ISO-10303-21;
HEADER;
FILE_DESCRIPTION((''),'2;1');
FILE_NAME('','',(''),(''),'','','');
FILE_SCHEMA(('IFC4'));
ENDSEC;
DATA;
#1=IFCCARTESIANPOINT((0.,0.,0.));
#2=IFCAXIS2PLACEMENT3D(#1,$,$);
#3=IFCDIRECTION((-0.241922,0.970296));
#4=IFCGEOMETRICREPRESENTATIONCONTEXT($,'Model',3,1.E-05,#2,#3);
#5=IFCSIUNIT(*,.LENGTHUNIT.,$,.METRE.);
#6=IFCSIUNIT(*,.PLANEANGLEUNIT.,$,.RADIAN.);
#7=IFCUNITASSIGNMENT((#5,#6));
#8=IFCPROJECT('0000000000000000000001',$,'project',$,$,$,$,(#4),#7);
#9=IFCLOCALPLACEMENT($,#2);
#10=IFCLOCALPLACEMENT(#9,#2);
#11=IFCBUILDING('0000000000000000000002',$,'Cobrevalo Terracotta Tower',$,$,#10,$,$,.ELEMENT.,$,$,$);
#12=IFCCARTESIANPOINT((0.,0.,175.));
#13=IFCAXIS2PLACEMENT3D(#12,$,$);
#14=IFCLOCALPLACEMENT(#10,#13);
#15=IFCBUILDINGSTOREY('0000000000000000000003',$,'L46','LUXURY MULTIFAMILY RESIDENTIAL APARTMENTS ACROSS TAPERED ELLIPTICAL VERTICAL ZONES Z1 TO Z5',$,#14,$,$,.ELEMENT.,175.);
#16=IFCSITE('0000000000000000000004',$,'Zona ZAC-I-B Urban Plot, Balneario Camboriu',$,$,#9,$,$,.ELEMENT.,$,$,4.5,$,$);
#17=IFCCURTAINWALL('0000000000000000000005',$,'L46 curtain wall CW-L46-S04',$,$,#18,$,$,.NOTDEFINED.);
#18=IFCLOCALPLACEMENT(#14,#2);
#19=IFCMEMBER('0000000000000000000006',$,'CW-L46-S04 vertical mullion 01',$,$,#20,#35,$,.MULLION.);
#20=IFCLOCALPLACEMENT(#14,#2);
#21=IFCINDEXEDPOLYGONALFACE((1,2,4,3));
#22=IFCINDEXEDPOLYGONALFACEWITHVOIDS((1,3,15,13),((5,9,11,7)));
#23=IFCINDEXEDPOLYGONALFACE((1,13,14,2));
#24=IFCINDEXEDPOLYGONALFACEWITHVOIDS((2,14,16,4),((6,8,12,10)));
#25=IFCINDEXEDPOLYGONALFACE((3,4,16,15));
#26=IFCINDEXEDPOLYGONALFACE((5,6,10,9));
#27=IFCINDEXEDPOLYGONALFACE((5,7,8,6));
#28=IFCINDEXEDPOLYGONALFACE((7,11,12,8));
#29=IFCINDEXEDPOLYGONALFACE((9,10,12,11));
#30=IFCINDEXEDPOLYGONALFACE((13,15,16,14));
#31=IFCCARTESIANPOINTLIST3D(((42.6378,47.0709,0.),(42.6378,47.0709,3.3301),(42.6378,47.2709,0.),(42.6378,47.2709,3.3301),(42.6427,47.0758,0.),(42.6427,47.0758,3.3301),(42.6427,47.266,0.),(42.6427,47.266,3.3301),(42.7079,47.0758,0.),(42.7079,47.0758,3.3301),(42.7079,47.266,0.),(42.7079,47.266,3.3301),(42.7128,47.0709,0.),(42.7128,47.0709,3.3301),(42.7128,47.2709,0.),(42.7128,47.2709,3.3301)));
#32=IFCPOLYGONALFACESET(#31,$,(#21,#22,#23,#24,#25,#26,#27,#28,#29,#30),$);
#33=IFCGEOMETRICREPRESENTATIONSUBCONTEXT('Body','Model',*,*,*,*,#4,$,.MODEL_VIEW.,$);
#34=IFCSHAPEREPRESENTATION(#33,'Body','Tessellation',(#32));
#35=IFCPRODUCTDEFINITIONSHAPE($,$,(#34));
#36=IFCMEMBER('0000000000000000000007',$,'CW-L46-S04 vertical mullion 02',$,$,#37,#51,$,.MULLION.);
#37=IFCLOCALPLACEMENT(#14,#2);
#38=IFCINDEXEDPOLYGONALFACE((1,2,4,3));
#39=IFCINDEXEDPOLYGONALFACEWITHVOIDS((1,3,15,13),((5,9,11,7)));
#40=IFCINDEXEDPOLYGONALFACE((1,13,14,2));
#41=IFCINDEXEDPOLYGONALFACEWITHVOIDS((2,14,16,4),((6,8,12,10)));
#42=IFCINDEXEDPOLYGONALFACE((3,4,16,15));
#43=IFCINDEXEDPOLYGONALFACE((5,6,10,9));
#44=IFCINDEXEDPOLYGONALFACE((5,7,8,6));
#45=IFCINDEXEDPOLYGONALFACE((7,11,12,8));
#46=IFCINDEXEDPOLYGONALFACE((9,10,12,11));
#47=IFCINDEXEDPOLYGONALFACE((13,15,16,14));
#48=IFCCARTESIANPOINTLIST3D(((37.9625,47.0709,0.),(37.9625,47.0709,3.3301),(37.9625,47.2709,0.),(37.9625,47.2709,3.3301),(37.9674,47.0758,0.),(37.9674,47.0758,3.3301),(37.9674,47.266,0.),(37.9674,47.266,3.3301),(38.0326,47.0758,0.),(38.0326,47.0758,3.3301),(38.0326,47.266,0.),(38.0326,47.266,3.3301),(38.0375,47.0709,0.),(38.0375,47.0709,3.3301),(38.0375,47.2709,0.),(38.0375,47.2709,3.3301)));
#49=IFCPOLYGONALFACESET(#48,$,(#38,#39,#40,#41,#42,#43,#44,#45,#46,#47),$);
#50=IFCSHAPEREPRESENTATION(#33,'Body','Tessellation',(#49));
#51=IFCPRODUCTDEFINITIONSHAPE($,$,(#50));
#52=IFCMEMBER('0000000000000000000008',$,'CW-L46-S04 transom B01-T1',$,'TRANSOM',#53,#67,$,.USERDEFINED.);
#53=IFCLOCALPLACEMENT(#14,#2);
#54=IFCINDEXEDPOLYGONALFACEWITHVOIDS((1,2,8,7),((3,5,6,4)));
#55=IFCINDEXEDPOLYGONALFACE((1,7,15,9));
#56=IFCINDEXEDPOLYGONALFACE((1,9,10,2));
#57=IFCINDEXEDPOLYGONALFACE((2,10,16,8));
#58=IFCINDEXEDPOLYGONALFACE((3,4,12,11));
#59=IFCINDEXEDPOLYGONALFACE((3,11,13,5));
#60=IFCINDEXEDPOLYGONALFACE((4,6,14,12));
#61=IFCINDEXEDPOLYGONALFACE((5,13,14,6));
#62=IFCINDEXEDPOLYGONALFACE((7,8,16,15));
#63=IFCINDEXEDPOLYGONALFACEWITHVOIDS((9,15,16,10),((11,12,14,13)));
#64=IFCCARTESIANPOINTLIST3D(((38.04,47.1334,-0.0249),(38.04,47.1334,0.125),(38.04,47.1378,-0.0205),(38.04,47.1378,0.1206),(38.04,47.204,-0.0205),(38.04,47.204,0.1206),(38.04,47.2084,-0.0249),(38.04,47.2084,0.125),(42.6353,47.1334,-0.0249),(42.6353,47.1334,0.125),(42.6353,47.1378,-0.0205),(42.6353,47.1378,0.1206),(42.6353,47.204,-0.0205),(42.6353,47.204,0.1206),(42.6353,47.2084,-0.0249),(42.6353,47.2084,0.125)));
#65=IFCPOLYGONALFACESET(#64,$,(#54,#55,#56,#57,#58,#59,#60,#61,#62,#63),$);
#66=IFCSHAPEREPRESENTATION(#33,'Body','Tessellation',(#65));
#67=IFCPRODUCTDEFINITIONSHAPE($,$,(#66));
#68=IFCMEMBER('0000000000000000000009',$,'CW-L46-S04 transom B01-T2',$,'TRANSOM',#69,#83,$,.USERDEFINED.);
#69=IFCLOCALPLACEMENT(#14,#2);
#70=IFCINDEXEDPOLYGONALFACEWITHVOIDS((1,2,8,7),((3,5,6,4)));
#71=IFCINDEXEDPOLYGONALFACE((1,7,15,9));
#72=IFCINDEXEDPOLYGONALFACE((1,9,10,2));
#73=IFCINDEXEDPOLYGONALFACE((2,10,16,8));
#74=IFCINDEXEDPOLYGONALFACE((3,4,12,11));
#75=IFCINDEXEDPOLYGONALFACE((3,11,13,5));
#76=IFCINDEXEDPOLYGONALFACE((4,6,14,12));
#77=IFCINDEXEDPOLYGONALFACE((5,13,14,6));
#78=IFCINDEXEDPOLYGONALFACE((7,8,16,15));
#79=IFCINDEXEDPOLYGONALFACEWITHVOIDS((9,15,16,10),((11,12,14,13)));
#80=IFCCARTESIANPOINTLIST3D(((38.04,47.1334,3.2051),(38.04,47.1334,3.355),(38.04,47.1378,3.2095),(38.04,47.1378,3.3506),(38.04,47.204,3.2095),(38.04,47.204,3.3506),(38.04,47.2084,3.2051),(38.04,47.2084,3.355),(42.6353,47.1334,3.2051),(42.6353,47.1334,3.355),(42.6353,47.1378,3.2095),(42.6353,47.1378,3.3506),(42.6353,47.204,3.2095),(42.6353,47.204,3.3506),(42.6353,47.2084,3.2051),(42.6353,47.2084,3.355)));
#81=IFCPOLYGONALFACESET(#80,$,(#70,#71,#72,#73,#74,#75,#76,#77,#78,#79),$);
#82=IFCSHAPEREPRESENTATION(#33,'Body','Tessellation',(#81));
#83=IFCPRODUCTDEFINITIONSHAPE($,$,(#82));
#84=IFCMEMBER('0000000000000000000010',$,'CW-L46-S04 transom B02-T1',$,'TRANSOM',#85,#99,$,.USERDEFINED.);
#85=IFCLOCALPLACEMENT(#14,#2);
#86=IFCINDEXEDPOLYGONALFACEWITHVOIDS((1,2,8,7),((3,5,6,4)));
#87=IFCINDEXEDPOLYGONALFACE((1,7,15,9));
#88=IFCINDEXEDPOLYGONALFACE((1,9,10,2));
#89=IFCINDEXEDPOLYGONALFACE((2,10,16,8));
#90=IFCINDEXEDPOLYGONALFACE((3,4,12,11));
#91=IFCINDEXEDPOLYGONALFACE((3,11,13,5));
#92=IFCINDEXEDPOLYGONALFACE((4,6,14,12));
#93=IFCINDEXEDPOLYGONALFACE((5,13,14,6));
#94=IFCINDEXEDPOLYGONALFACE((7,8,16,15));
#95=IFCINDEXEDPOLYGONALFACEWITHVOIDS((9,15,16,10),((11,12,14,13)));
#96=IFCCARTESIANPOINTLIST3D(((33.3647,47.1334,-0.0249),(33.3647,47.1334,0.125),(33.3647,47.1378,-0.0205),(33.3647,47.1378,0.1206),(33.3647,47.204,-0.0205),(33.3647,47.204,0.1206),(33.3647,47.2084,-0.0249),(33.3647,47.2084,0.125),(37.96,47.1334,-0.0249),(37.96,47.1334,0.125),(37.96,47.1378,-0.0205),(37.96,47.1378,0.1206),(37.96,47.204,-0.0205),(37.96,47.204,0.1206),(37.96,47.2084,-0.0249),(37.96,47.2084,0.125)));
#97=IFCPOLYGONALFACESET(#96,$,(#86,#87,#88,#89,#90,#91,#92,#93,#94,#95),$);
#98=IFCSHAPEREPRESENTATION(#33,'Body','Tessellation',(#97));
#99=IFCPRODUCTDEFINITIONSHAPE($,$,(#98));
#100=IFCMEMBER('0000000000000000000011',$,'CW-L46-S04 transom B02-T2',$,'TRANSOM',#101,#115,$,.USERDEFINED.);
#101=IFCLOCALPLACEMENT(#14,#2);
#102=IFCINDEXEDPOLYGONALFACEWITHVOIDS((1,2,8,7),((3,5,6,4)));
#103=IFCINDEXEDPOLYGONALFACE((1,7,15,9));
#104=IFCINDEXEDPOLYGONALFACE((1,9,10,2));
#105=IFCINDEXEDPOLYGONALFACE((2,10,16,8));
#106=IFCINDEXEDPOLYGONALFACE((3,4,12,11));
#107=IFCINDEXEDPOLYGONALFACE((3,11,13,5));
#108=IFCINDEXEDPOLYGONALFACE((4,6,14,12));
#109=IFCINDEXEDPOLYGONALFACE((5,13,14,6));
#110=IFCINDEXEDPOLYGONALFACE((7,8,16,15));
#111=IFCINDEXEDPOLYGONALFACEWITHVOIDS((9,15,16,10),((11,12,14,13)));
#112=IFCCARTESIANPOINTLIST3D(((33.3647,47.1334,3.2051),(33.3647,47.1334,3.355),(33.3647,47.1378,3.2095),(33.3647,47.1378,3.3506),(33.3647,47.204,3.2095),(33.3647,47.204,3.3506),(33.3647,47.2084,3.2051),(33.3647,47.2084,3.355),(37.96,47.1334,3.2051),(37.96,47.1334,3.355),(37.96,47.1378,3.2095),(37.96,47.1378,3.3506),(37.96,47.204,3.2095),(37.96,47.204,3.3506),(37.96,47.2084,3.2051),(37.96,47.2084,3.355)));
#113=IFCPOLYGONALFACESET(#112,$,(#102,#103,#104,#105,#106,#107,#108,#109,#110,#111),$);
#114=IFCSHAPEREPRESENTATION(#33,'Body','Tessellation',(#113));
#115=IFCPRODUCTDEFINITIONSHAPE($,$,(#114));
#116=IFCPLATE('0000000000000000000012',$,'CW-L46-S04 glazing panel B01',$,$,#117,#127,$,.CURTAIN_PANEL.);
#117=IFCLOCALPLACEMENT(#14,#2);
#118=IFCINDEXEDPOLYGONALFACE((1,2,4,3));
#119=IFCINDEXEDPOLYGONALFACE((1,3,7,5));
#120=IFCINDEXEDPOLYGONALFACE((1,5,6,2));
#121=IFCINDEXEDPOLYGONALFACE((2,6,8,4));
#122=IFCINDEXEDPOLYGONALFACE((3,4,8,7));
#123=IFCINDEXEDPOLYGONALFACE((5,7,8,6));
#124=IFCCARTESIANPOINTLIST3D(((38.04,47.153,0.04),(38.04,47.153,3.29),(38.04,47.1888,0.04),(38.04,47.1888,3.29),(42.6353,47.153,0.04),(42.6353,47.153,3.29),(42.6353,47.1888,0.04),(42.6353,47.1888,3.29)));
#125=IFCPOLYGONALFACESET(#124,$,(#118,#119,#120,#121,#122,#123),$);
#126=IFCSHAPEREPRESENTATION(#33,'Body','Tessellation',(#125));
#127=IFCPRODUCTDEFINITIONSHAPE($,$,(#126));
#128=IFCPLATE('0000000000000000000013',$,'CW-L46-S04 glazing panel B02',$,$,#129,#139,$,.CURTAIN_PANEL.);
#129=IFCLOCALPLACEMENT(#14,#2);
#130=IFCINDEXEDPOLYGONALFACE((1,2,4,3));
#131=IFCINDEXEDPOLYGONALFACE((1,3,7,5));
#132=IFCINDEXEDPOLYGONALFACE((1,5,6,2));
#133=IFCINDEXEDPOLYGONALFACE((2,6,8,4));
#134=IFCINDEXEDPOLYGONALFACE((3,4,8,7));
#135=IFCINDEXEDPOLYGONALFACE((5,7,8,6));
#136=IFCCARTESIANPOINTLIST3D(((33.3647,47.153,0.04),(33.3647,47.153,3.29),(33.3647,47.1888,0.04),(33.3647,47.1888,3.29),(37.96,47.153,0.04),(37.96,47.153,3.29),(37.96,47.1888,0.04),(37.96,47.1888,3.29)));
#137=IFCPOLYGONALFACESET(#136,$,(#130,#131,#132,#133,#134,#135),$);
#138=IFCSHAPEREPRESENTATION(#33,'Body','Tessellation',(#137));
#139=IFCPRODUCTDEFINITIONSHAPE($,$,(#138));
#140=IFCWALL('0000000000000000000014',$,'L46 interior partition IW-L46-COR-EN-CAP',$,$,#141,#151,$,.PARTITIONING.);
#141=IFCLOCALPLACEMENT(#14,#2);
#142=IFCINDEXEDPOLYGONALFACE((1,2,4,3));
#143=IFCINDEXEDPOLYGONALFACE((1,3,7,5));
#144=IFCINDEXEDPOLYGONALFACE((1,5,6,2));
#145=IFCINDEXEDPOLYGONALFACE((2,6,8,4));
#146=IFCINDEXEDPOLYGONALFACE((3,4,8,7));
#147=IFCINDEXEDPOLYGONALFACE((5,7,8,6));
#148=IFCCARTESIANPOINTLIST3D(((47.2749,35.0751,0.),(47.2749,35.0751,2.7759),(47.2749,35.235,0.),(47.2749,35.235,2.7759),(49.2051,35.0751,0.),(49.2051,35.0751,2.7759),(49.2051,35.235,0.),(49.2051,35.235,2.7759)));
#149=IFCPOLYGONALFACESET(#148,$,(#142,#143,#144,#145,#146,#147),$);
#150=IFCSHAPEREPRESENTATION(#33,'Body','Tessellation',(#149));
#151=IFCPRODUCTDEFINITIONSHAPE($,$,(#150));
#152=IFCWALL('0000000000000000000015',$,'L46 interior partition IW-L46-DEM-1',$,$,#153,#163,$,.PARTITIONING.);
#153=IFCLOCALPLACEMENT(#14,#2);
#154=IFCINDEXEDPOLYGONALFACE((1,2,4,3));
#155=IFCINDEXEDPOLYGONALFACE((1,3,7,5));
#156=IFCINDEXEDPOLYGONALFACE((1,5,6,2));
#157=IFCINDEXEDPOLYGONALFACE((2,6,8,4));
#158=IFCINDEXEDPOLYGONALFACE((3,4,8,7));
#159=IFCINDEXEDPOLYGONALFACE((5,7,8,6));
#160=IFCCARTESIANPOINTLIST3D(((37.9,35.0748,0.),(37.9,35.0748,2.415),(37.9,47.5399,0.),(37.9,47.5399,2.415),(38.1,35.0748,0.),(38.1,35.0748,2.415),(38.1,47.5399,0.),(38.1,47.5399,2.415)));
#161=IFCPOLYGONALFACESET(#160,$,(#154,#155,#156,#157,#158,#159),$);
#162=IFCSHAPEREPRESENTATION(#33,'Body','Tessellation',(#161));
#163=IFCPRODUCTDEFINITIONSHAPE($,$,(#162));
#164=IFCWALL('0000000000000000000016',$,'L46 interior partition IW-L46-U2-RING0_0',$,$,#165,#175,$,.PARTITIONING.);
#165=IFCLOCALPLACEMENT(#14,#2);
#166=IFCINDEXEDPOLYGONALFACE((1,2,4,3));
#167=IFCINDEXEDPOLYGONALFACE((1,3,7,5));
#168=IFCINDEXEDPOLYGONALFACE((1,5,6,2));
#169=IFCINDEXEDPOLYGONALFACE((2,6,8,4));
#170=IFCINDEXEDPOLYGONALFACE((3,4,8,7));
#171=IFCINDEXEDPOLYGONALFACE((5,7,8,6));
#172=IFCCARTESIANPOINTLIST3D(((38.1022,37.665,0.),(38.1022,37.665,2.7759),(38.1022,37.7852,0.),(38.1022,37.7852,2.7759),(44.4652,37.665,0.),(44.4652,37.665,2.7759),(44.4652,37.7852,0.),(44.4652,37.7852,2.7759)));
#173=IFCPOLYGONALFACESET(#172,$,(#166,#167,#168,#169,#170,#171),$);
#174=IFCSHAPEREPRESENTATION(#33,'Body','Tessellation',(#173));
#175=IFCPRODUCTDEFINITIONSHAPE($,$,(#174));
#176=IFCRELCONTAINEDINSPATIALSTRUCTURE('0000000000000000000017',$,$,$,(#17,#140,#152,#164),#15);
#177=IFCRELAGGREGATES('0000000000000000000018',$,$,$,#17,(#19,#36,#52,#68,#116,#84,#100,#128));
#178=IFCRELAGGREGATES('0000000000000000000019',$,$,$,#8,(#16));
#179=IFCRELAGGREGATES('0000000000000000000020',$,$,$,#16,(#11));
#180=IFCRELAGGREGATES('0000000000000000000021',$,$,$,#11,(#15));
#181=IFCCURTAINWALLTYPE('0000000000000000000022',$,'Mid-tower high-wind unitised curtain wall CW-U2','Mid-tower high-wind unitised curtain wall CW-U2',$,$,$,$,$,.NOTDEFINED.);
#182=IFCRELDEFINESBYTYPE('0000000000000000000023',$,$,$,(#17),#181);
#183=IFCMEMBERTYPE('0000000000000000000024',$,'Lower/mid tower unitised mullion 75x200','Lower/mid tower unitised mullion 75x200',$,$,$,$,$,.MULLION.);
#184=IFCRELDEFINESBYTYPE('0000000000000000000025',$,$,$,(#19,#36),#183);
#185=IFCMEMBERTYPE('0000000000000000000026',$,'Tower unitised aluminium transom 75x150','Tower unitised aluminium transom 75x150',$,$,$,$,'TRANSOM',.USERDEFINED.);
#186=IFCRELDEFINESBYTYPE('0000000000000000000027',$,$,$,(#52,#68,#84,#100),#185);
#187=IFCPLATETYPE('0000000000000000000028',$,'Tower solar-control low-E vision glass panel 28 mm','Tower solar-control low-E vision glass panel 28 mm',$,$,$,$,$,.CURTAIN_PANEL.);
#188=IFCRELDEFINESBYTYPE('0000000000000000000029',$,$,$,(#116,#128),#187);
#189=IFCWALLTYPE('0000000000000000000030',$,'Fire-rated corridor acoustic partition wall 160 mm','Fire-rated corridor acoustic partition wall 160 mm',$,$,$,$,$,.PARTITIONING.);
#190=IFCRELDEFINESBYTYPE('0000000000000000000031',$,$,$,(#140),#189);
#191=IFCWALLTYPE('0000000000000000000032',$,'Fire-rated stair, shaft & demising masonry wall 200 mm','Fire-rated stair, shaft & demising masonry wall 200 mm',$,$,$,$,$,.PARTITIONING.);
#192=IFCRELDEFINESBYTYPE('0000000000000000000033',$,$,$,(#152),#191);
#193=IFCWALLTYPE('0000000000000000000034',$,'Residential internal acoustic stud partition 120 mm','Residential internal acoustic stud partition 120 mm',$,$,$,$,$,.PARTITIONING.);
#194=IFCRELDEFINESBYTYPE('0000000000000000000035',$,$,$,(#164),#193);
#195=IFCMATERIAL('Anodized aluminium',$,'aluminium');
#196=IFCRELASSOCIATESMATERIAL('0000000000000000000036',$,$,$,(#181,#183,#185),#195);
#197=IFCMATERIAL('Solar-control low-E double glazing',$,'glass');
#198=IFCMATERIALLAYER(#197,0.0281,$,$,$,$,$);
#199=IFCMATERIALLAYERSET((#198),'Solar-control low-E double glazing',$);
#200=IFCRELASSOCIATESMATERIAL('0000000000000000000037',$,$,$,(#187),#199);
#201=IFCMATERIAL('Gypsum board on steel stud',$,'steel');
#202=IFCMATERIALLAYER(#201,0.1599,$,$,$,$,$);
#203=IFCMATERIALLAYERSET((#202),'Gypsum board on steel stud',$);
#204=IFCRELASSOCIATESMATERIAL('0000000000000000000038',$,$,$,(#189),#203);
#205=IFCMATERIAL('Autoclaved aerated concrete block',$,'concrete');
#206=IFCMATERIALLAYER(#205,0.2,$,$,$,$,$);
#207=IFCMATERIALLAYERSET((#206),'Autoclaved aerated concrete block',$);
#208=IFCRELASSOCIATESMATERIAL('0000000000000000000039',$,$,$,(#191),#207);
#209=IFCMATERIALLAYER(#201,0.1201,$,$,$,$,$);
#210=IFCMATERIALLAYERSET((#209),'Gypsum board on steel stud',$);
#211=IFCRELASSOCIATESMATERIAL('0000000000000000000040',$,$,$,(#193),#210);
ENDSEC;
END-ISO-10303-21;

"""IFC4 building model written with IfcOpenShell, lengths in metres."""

from ifc_helpers import new_model, si_unit, direction, frame, frame_2d, origin, origin_2d, place, context, subcontext, project, spatial, rectangle, hollow_rectangle, extrude, source, transform, mapped, material, layer, layer_set, material_profile, profile_set, type_object, element, aggregate, save


model = new_model("IFC4")

# Units and contexts
model_context = context("Model", 3, precision=1e-05, world=origin(), true_north=direction((-0.241922, 0.970296)))
body_context = subcontext(model_context, "Body", "Model", "MODEL_VIEW")
ifc_project = project(units=[si_unit("LENGTHUNIT", "METRE"), si_unit("PLANEANGLEUNIT", "RADIAN")], contexts=[model_context])

# Site, building, storey
site_placement = place(None, origin())
site = spatial("IfcSite", under=ifc_project, at=site_placement, Name="Zona ZAC-I-B Urban Plot, Balneario Camboriu", CompositionType="ELEMENT", RefElevation=4.5)
building_placement = place(site_placement, origin())
building = spatial("IfcBuilding", under=site, at=building_placement, Name="Cobrevalo Terracotta Tower", CompositionType="ELEMENT")
storey_placement = place(building_placement, frame((0.0, 0.0, 175.0)))
storey = spatial("IfcBuildingStorey", under=building, at=storey_placement, Name="L46", Description="LUXURY MULTIFAMILY RESIDENTIAL APARTMENTS ACROSS TAPERED ELLIPTICAL VERTICAL ZONES Z1 TO Z5", CompositionType="ELEMENT", Elevation=175.0)

# Curtain wall, members, plates
ifc_material_1 = material(Name="Anodized aluminium", Category="aluminium")
curtain_wall_type = type_object("IfcCurtainWallType", Name="Mid-tower high-wind unitised curtain wall CW-U2", Description="Mid-tower high-wind unitised curtain wall CW-U2", PredefinedType="NOTDEFINED", material=ifc_material_1)
curtain_wall_placement = place(storey_placement, origin())
curtain_wall = element("IfcCurtainWall", 1, at=curtain_wall_placement, inside=storey, type_object=curtain_wall_type, Name="L46 curtain wall CW-L46-S04", PredefinedType="NOTDEFINED")
ifc_material_profile_1 = material_profile(ifc_material_1, hollow_rectangle(XDim=0.075, YDim=0.2, WallThickness=0.0049, at=origin_2d()), Name="CWM 75x200")
ifc_profile_set_1 = profile_set([ifc_material_profile_1], Name="Anodized aluminium")
member_type_1 = type_object("IfcMemberType", Name="Lower/mid tower unitised mullion 75x200", Description="Lower/mid tower unitised mullion 75x200", PredefinedType="MULLION", material=ifc_profile_set_1)
shared_shape_1 = source(origin(), body_context, "Body", "SweptSolid", [
    extrude(hollow_rectangle(XDim=0.075, YDim=0.2, WallThickness=0.0049, at=origin_2d()), origin(), (0.0, 0.0, 1.0), 3.3301),
])
member_1_placement = place(storey_placement, frame((42.6753, 47.1709, 0.0), z_axis=(0.0, 0.0, 1.0), x_axis=(-1.0, 0.0, 0.0)))
member_1 = element("IfcMember", 2, at=member_1_placement, type_object=member_type_1, Name="CW-L46-S04 vertical mullion 01", PredefinedType="MULLION", context=body_context, shape_type="MappedRepresentation", body=[
    mapped(shared_shape_1, transform((0.0, 0.0, 0.0), scale=1.0)),
])
member_2_placement = place(storey_placement, frame((38.0, 47.1709, 0.0), z_axis=(0.0, 0.0, 1.0), x_axis=(-1.0, 0.0, 0.0)))
member_2 = element("IfcMember", 3, at=member_2_placement, type_object=member_type_1, Name="CW-L46-S04 vertical mullion 02", PredefinedType="MULLION", context=body_context, shape_type="MappedRepresentation", body=[
    mapped(shared_shape_1, transform((0.0, 0.0, 0.0), scale=1.0)),
])
ifc_material_profile_2 = material_profile(ifc_material_1, hollow_rectangle(XDim=0.075, YDim=0.1499, WallThickness=0.0044, at=origin_2d()), Name="CWT 75x150")
ifc_profile_set_2 = profile_set([ifc_material_profile_2], Name="Anodized aluminium")
member_type_2 = type_object("IfcMemberType", Name="Tower unitised aluminium transom 75x150", Description="Tower unitised aluminium transom 75x150", ElementType="TRANSOM", PredefinedType="USERDEFINED", material=ifc_profile_set_2)
shared_shape_2 = source(origin(), body_context, "Body", "SweptSolid", [
    extrude(hollow_rectangle(XDim=0.075, YDim=0.1499, WallThickness=0.0044, at=origin_2d()), origin(), (0.0, 0.0, 1.0), 4.5952),
])
member_3_placement = place(storey_placement, frame((42.6353, 47.1709, 0.05), z_axis=(-1.0, 0.0, 0.0), x_axis=(0.0, -1.0, 0.0)))
member_3 = element("IfcMember", 4, at=member_3_placement, type_object=member_type_2, Name="CW-L46-S04 transom B01-T1", ObjectType="TRANSOM", PredefinedType="USERDEFINED", context=body_context, shape_type="MappedRepresentation", body=[
    mapped(shared_shape_2, transform((0.0, 0.0, 0.0), scale=1.0)),
])
member_4_placement = place(storey_placement, frame((42.6353, 47.1709, 3.28), z_axis=(-1.0, 0.0, 0.0), x_axis=(0.0, -1.0, 0.0)))
member_4 = element("IfcMember", 5, at=member_4_placement, type_object=member_type_2, Name="CW-L46-S04 transom B01-T2", ObjectType="TRANSOM", PredefinedType="USERDEFINED", context=body_context, shape_type="MappedRepresentation", body=[
    mapped(shared_shape_2, transform((0.0, 0.0, 0.0), scale=1.0)),
])
member_5_placement = place(storey_placement, frame((37.96, 47.1709, 0.05), z_axis=(-1.0, 0.0, 0.0), x_axis=(0.0, -1.0, 0.0)))
member_5 = element("IfcMember", 6, at=member_5_placement, type_object=member_type_2, Name="CW-L46-S04 transom B02-T1", ObjectType="TRANSOM", PredefinedType="USERDEFINED", context=body_context, shape_type="MappedRepresentation", body=[
    mapped(shared_shape_2, transform((0.0, 0.0, 0.0), scale=1.0)),
])
member_6_placement = place(storey_placement, frame((37.96, 47.1709, 3.28), z_axis=(-1.0, 0.0, 0.0), x_axis=(0.0, -1.0, 0.0)))
member_6 = element("IfcMember", 7, at=member_6_placement, type_object=member_type_2, Name="CW-L46-S04 transom B02-T2", ObjectType="TRANSOM", PredefinedType="USERDEFINED", context=body_context, shape_type="MappedRepresentation", body=[
    mapped(shared_shape_2, transform((0.0, 0.0, 0.0), scale=1.0)),
])
ifc_material_2 = material(Name="Solar-control low-E double glazing", Category="glass")
ifc_layer_1 = layer(ifc_material_2, 0.0281)
ifc_layer_set_1 = layer_set([ifc_layer_1], Name="Solar-control low-E double glazing")
plate_type = type_object("IfcPlateType", Name="Tower solar-control low-E vision glass panel 28 mm", Description="Tower solar-control low-E vision glass panel 28 mm", PredefinedType="CURTAIN_PANEL", material=ifc_layer_set_1)
shared_shape_3 = source(origin(), body_context, "Body", "SweptSolid", [
    extrude(rectangle(XDim=4.5952, YDim=0.0359, at=origin_2d()), origin(), (0.0, 0.0, 1.0), 3.25),
])
plate_1_placement = place(storey_placement, frame((40.3376, 47.1709, 0.04), z_axis=(0.0, 0.0, 1.0), x_axis=(-1.0, 0.0, 0.0)))
plate_1 = element("IfcPlate", 8, at=plate_1_placement, type_object=plate_type, Name="CW-L46-S04 glazing panel B01", PredefinedType="CURTAIN_PANEL", context=body_context, shape_type="MappedRepresentation", body=[
    mapped(shared_shape_3, transform((0.0, 0.0, 0.0), scale=1.0)),
])
plate_2_placement = place(storey_placement, frame((35.6624, 47.1709, 0.04), z_axis=(0.0, 0.0, 1.0), x_axis=(-1.0, 0.0, 0.0)))
plate_2 = element("IfcPlate", 9, at=plate_2_placement, type_object=plate_type, Name="CW-L46-S04 glazing panel B02", PredefinedType="CURTAIN_PANEL", context=body_context, shape_type="MappedRepresentation", body=[
    mapped(shared_shape_3, transform((0.0, 0.0, 0.0), scale=1.0)),
])
aggregate(curtain_wall, [member_1, member_2, member_3, member_4, plate_1, member_5, member_6, plate_2])

# Walls
ifc_material_3 = material(Name="Gypsum board on steel stud", Category="steel")
ifc_layer_2 = layer(ifc_material_3, 0.1599)
ifc_layer_set_2 = layer_set([ifc_layer_2], Name="Gypsum board on steel stud")
wall_type_1 = type_object("IfcWallType", Name="Fire-rated corridor acoustic partition wall 160 mm", Description="Fire-rated corridor acoustic partition wall 160 mm", PredefinedType="PARTITIONING", material=ifc_layer_set_2)
wall_1_placement = place(storey_placement, frame((47.2749, 35.155, 0.0), z_axis=(0.0, 0.0, 1.0), x_axis=(1.0, 0.0, 0.0)))
element("IfcWall", 10, at=wall_1_placement, inside=storey, type_object=wall_type_1, Name="L46 interior partition IW-L46-COR-EN-CAP", PredefinedType="PARTITIONING", context=body_context, shape_type="SweptSolid", body=[
    extrude(rectangle(XDim=1.9302, YDim=0.1599, at=frame_2d((0.9651, 0.0))), origin(), (0.0, 0.0, 1.0), 2.7759),
])
ifc_material_4 = material(Name="Autoclaved aerated concrete block", Category="concrete")
ifc_layer_3 = layer(ifc_material_4, 0.2)
ifc_layer_set_3 = layer_set([ifc_layer_3], Name="Autoclaved aerated concrete block")
wall_type_2 = type_object("IfcWallType", Name="Fire-rated stair, shaft & demising masonry wall 200 mm", Description="Fire-rated stair, shaft & demising masonry wall 200 mm", PredefinedType="PARTITIONING", material=ifc_layer_set_3)
wall_2_placement = place(storey_placement, frame((38.0, 35.075, 0.0), z_axis=(0.0, 0.0, 1.0), x_axis=(0.0, 1.0, 0.0)))
element("IfcWall", 11, at=wall_2_placement, inside=storey, type_object=wall_type_2, Name="L46 interior partition IW-L46-DEM-1", PredefinedType="PARTITIONING", context=body_context, shape_type="SweptSolid", body=[
    extrude(rectangle(XDim=12.4651, YDim=0.2, at=frame_2d((6.2324, 0.0))), origin(), (0.0, 0.0, 1.0), 2.415),
])
ifc_layer_4 = layer(ifc_material_3, 0.1201)
ifc_layer_set_4 = layer_set([ifc_layer_4], Name="Gypsum board on steel stud")
wall_type_3 = type_object("IfcWallType", Name="Residential internal acoustic stud partition 120 mm", Description="Residential internal acoustic stud partition 120 mm", PredefinedType="PARTITIONING", material=ifc_layer_set_4)
wall_3_placement = place(storey_placement, frame((38.1021, 37.7251, 0.0), z_axis=(0.0, 0.0, 1.0), x_axis=(1.0, 0.0, 0.0)))
element("IfcWall", 12, at=wall_3_placement, inside=storey, type_object=wall_type_3, Name="L46 interior partition IW-L46-U2-RING0_0", PredefinedType="PARTITIONING", context=body_context, shape_type="SweptSolid", body=[
    extrude(rectangle(XDim=6.363, YDim=0.1201, at=frame_2d((3.1816, 0.0))), origin(), (0.0, 0.0, 1.0), 2.7759),
])

save(model, "model.ifc")
